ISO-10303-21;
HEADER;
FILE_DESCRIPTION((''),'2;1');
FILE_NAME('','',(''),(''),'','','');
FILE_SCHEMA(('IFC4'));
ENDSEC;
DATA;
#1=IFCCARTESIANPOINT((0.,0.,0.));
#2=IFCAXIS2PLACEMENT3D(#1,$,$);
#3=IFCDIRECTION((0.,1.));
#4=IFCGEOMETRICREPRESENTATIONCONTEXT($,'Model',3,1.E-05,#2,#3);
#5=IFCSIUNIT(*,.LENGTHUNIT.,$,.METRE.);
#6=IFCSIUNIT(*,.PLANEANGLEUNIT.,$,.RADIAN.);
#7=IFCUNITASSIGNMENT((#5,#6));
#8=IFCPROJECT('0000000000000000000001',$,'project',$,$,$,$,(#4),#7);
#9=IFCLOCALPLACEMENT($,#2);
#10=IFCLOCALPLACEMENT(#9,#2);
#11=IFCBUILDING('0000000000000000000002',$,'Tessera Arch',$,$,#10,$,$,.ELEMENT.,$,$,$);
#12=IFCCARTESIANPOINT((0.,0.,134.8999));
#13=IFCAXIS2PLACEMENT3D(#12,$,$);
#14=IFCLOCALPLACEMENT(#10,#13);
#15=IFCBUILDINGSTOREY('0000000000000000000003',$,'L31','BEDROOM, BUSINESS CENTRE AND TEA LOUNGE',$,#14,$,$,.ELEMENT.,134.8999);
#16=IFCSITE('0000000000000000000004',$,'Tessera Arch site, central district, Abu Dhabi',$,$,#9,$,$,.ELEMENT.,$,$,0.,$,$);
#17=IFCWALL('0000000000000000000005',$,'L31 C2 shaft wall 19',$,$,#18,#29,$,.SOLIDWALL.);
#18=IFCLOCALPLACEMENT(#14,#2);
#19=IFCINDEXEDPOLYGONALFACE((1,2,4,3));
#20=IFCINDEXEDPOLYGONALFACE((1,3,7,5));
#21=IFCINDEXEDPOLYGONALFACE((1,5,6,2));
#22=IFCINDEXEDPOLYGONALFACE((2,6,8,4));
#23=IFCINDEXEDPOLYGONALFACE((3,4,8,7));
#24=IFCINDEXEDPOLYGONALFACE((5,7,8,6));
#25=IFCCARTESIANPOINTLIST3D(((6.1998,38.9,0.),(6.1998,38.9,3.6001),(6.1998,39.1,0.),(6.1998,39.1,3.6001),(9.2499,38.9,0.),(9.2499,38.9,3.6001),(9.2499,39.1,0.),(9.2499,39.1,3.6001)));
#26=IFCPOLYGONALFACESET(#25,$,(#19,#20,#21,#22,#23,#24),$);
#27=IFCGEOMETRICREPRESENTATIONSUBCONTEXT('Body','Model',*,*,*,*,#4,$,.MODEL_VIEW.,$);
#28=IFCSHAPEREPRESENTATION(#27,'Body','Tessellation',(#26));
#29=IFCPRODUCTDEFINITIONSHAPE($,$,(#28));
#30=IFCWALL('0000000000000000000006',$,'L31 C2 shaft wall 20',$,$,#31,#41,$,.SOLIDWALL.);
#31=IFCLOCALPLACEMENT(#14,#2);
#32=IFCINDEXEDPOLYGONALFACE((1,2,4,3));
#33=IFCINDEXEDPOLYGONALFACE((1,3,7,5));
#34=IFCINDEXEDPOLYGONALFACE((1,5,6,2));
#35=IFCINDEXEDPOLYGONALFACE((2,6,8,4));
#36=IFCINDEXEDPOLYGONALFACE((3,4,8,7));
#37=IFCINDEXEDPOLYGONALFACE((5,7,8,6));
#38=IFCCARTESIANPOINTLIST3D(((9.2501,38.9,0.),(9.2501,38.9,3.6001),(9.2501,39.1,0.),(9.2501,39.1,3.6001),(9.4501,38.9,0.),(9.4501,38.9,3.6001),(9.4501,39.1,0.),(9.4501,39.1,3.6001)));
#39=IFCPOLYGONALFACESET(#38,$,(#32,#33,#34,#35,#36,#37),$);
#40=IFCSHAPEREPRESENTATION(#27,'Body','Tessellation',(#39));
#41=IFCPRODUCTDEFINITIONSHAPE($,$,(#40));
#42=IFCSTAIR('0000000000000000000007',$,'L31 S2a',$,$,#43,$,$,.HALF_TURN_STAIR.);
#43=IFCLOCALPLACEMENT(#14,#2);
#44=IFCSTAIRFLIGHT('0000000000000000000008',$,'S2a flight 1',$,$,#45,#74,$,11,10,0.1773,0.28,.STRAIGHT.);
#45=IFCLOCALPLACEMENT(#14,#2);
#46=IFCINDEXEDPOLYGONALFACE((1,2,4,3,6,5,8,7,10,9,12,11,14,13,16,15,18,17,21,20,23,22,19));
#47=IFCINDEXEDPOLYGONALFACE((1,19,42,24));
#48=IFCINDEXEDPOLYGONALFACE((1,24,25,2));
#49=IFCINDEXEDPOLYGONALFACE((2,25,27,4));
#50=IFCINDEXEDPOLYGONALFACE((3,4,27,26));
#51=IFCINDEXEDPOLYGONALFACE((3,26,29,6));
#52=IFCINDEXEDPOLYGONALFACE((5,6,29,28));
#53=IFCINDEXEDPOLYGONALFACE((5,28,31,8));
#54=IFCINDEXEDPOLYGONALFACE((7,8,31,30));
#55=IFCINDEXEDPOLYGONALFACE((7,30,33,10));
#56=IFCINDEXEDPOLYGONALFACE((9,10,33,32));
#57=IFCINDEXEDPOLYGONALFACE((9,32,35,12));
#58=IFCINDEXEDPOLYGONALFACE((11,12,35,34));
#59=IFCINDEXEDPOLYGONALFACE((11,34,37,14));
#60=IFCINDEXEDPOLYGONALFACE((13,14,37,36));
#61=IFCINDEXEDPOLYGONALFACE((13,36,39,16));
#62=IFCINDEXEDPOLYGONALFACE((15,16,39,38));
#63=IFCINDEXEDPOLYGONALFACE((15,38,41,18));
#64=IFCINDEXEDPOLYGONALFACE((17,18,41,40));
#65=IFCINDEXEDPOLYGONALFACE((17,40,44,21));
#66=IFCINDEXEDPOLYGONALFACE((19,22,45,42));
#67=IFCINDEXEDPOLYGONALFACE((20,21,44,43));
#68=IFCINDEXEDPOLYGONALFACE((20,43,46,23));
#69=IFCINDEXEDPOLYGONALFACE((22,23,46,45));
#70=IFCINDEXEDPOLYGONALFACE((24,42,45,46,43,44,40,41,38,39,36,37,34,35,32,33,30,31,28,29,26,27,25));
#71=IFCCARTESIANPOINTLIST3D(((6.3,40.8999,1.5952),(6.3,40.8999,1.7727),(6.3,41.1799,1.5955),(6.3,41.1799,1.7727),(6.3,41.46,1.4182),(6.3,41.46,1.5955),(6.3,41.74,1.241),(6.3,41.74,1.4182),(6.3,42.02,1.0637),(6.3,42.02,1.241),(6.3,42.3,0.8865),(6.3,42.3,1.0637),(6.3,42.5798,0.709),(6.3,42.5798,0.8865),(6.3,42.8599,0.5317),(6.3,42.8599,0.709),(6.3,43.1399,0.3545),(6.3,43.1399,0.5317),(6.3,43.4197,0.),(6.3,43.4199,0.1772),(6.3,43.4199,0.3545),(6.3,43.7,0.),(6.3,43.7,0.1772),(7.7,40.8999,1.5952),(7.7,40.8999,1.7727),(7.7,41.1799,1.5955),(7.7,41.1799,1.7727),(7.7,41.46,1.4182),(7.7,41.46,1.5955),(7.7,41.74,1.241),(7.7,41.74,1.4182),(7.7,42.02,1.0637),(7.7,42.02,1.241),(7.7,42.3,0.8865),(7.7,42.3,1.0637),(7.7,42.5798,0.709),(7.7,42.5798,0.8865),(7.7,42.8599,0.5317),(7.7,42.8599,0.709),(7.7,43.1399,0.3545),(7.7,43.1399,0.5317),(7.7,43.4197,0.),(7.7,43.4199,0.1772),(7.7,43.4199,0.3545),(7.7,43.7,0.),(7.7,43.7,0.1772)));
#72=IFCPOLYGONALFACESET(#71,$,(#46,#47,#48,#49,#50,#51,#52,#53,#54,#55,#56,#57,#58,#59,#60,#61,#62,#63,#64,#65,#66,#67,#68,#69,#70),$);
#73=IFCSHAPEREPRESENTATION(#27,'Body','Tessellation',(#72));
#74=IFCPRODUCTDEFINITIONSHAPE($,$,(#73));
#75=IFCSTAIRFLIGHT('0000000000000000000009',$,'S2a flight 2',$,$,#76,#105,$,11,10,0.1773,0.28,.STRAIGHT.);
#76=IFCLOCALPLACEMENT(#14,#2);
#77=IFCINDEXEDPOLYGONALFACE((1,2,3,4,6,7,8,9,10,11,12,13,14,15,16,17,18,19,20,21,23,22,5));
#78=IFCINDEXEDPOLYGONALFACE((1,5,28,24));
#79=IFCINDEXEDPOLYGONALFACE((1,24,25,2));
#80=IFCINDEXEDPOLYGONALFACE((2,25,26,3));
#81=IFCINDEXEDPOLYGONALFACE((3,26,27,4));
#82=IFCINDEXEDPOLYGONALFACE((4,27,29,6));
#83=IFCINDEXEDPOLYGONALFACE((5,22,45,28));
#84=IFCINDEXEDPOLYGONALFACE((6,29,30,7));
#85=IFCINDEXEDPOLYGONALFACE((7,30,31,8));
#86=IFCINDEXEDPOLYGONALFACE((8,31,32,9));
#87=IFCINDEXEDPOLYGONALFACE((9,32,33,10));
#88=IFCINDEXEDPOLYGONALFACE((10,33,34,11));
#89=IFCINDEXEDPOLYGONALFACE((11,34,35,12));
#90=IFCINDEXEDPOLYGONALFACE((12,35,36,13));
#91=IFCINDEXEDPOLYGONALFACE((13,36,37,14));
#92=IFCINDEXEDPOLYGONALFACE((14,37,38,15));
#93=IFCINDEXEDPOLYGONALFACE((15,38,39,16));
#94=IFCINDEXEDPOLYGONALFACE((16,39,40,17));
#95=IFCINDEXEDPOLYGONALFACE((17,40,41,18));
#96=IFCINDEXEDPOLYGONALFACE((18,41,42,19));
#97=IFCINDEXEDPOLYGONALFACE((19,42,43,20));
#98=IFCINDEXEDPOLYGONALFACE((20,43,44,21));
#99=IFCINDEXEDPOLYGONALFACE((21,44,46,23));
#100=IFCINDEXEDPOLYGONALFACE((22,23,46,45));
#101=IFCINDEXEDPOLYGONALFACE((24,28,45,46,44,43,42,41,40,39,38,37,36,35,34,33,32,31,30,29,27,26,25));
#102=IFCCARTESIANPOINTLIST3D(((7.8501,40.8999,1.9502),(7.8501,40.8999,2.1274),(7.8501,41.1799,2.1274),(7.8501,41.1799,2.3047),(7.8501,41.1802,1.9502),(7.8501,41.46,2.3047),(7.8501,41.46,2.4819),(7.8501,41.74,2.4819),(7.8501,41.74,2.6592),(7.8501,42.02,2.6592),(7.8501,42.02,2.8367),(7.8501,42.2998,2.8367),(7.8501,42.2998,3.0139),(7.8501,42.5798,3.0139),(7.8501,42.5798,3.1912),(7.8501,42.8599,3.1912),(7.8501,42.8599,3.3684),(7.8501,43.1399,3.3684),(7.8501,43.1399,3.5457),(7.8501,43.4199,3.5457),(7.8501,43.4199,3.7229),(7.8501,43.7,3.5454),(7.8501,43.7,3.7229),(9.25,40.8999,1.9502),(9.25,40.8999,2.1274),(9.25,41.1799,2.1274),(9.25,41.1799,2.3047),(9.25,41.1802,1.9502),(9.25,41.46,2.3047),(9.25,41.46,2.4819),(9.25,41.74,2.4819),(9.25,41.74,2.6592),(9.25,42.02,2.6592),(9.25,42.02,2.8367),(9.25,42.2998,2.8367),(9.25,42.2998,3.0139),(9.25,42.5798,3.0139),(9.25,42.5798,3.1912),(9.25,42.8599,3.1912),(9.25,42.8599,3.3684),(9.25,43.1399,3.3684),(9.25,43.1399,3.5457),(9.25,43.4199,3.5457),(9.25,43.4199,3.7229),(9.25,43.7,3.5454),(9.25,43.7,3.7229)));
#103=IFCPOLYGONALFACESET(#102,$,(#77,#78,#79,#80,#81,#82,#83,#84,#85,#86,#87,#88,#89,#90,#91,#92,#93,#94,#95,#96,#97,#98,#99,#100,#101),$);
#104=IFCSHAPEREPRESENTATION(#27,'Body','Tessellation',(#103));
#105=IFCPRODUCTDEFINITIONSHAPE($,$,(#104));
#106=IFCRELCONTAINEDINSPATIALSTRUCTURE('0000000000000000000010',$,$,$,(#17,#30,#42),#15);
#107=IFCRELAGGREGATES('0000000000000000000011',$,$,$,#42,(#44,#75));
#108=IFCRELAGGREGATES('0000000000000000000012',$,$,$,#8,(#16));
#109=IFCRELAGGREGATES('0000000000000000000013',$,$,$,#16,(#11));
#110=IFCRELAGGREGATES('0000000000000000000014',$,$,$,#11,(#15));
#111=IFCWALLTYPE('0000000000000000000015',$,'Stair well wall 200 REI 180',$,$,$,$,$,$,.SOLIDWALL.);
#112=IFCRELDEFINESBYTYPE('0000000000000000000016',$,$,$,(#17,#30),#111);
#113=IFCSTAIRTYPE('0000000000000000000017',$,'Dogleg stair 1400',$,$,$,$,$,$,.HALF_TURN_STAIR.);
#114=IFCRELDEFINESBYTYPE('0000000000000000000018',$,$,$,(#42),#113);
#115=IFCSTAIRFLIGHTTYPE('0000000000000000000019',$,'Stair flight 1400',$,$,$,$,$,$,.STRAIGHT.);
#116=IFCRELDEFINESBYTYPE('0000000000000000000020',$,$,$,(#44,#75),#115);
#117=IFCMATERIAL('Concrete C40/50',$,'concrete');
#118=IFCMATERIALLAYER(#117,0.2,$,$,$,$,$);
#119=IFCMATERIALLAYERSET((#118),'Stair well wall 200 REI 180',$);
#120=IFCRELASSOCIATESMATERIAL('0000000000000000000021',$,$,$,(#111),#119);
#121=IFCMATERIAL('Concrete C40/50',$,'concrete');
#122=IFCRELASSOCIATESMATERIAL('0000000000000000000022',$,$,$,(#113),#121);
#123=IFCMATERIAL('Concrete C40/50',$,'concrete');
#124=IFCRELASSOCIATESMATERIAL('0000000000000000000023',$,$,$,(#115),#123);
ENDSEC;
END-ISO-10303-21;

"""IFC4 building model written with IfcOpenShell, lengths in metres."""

from ifc_helpers import new_model, si_unit, direction, frame, frame_2d, origin, place, context, subcontext, project, spatial, polyline, rectangle, outline, extrude, material, layer, layer_set, type_object, element, aggregate, save


model = new_model("IFC4")

# Units and contexts
model_context = context("Model", 3, precision=1e-05, world=origin(), true_north=direction((0.0, 1.0)))
body_context = subcontext(model_context, "Body", "Model", "MODEL_VIEW")
ifc_project = project(units=[si_unit("LENGTHUNIT", "METRE"), si_unit("PLANEANGLEUNIT", "RADIAN")], contexts=[model_context])

# Site, building, storey
site_placement = place(None, origin())
site = spatial("IfcSite", under=ifc_project, at=site_placement, Name="Tessera Arch site, central district, Abu Dhabi", CompositionType="ELEMENT", RefElevation=0.0)
building_placement = place(site_placement, origin())
building = spatial("IfcBuilding", under=site, at=building_placement, Name="Tessera Arch", CompositionType="ELEMENT")
storey_placement = place(building_placement, frame((0.0, 0.0, 134.8999)))
storey = spatial("IfcBuildingStorey", under=building, at=storey_placement, Name="L31", Description="BEDROOM, BUSINESS CENTRE AND TEA LOUNGE", CompositionType="ELEMENT", Elevation=134.8999)

# Walls
ifc_material_1 = material(Name="Concrete C40/50", Category="concrete")
ifc_layer_1 = layer(ifc_material_1, 0.2)
ifc_layer_set_1 = layer_set([ifc_layer_1], Name="Stair well wall 200 REI 180")
wall_type_1 = type_object("IfcWallType", Name="Stair well wall 200 REI 180", PredefinedType="SOLIDWALL", material=ifc_layer_set_1)
wall_1_placement = place(storey_placement, frame((6.2, 39.0, 0.0), z_axis=(0.0, 0.0, 1.0), x_axis=(1.0, 0.0, 0.0)))
element("IfcWall", 1, at=wall_1_placement, inside=storey, type_object=wall_type_1, Name="L31 C2 shaft wall 19", PredefinedType="SOLIDWALL", context=body_context, shape_type="SweptSolid", body=[
    extrude(rectangle(XDim=3.05, YDim=0.2, at=frame_2d((1.5249, 0.0))), origin(), (0.0, 0.0, 1.0), 3.6001),
])
wall_2_placement = place(storey_placement, frame((9.25, 39.0, 0.0), z_axis=(0.0, 0.0, 1.0), x_axis=(1.0, 0.0, 0.0)))
element("IfcWall", 2, at=wall_2_placement, inside=storey, type_object=wall_type_1, Name="L31 C2 shaft wall 20", PredefinedType="SOLIDWALL", context=body_context, shape_type="SweptSolid", body=[
    extrude(rectangle(XDim=0.2, YDim=0.2, at=frame_2d((0.1001, 0.0))), origin(), (0.0, 0.0, 1.0), 3.6001),
])

# Stair, stair flights
ifc_material_2 = material(Name="Concrete C40/50", Category="concrete")
stair_type = type_object("IfcStairType", Name="Dogleg stair 1400", PredefinedType="HALF_TURN_STAIR", material=ifc_material_2)
stair_placement = place(storey_placement, origin())
stair = element("IfcStair", 3, at=stair_placement, inside=storey, type_object=stair_type, Name="L31 S2a", PredefinedType="HALF_TURN_STAIR")
ifc_material_3 = material(Name="Concrete C40/50", Category="concrete")
stair_flight_type = type_object("IfcStairFlightType", Name="Stair flight 1400", PredefinedType="STRAIGHT", material=ifc_material_3)
stair_flight_1_placement = place(storey_placement, frame((7.0, 43.7, 0.0), z_axis=(0.0, 0.0, 1.0), x_axis=(0.0, -1.0, 0.0)))
stair_flight_1 = element("IfcStairFlight", 4, at=stair_flight_1_placement, type_object=stair_flight_type, Name="S2a flight 1", NumberOfRisers=11, NumberOfTreads=10, PredefinedType="STRAIGHT", RiserHeight=0.1773, TreadLength=0.28, context=body_context, shape_type="SweptSolid", body=[
    extrude(outline(polyline([(0.0, 0.0), (0.0, 0.1772), (0.28, 0.1772), (0.28, 0.3545), (0.5601, 0.3545), (0.5601, 0.5317), (0.8401, 0.5317), (0.8401, 0.709), (1.1201, 0.709), (1.1201, 0.8865), (1.3999, 0.8865), (1.3999, 1.0637), (1.6799, 1.0637), (1.6799, 1.241), (1.96, 1.241), (1.96, 1.4182), (2.24, 1.4182), (2.24, 1.5955), (2.52, 1.5955), (2.52, 1.7727), (2.8, 1.7727), (2.8, 1.95), (2.8, 1.5952), (0.2803, 0.0), (0.0, 0.0)])), frame((0.0, 0.7, 0.0), z_axis=(0.0, -1.0, 0.0), x_axis=(1.0, 0.0, 0.0)), (0.0, 0.0, 1.0), 1.3999),
])
stair_flight_2_placement = place(storey_placement, frame((8.55, 40.8999, 1.9502), z_axis=(0.0, 0.0, 1.0), x_axis=(0.0, 1.0, 0.0)))
stair_flight_2 = element("IfcStairFlight", 5, at=stair_flight_2_placement, type_object=stair_flight_type, Name="S2a flight 2", NumberOfRisers=11, NumberOfTreads=10, PredefinedType="STRAIGHT", RiserHeight=0.1773, TreadLength=0.28, context=body_context, shape_type="SweptSolid", body=[
    extrude(outline(polyline([(0.0, 0.0), (0.0, 0.1772), (0.28, 0.1772), (0.28, 0.3545), (0.5601, 0.3545), (0.5601, 0.5317), (0.8401, 0.5317), (0.8401, 0.709), (1.1201, 0.709), (1.1201, 0.8865), (1.3999, 0.8865), (1.3999, 1.0637), (1.6799, 1.0637), (1.6799, 1.241), (1.96, 1.241), (1.96, 1.4182), (2.24, 1.4182), (2.24, 1.5955), (2.52, 1.5955), (2.52, 1.7727), (2.8, 1.7727), (2.8, 1.95), (2.8, 1.5952), (0.2803, 0.0), (0.0, 0.0)])), frame((0.0, 0.7, 0.0), z_axis=(0.0, -1.0, 0.0), x_axis=(1.0, 0.0, 0.0)), (0.0, 0.0, 1.0), 1.3999),
])
aggregate(stair, [stair_flight_1, stair_flight_2])

save(model, "model.ifc")
